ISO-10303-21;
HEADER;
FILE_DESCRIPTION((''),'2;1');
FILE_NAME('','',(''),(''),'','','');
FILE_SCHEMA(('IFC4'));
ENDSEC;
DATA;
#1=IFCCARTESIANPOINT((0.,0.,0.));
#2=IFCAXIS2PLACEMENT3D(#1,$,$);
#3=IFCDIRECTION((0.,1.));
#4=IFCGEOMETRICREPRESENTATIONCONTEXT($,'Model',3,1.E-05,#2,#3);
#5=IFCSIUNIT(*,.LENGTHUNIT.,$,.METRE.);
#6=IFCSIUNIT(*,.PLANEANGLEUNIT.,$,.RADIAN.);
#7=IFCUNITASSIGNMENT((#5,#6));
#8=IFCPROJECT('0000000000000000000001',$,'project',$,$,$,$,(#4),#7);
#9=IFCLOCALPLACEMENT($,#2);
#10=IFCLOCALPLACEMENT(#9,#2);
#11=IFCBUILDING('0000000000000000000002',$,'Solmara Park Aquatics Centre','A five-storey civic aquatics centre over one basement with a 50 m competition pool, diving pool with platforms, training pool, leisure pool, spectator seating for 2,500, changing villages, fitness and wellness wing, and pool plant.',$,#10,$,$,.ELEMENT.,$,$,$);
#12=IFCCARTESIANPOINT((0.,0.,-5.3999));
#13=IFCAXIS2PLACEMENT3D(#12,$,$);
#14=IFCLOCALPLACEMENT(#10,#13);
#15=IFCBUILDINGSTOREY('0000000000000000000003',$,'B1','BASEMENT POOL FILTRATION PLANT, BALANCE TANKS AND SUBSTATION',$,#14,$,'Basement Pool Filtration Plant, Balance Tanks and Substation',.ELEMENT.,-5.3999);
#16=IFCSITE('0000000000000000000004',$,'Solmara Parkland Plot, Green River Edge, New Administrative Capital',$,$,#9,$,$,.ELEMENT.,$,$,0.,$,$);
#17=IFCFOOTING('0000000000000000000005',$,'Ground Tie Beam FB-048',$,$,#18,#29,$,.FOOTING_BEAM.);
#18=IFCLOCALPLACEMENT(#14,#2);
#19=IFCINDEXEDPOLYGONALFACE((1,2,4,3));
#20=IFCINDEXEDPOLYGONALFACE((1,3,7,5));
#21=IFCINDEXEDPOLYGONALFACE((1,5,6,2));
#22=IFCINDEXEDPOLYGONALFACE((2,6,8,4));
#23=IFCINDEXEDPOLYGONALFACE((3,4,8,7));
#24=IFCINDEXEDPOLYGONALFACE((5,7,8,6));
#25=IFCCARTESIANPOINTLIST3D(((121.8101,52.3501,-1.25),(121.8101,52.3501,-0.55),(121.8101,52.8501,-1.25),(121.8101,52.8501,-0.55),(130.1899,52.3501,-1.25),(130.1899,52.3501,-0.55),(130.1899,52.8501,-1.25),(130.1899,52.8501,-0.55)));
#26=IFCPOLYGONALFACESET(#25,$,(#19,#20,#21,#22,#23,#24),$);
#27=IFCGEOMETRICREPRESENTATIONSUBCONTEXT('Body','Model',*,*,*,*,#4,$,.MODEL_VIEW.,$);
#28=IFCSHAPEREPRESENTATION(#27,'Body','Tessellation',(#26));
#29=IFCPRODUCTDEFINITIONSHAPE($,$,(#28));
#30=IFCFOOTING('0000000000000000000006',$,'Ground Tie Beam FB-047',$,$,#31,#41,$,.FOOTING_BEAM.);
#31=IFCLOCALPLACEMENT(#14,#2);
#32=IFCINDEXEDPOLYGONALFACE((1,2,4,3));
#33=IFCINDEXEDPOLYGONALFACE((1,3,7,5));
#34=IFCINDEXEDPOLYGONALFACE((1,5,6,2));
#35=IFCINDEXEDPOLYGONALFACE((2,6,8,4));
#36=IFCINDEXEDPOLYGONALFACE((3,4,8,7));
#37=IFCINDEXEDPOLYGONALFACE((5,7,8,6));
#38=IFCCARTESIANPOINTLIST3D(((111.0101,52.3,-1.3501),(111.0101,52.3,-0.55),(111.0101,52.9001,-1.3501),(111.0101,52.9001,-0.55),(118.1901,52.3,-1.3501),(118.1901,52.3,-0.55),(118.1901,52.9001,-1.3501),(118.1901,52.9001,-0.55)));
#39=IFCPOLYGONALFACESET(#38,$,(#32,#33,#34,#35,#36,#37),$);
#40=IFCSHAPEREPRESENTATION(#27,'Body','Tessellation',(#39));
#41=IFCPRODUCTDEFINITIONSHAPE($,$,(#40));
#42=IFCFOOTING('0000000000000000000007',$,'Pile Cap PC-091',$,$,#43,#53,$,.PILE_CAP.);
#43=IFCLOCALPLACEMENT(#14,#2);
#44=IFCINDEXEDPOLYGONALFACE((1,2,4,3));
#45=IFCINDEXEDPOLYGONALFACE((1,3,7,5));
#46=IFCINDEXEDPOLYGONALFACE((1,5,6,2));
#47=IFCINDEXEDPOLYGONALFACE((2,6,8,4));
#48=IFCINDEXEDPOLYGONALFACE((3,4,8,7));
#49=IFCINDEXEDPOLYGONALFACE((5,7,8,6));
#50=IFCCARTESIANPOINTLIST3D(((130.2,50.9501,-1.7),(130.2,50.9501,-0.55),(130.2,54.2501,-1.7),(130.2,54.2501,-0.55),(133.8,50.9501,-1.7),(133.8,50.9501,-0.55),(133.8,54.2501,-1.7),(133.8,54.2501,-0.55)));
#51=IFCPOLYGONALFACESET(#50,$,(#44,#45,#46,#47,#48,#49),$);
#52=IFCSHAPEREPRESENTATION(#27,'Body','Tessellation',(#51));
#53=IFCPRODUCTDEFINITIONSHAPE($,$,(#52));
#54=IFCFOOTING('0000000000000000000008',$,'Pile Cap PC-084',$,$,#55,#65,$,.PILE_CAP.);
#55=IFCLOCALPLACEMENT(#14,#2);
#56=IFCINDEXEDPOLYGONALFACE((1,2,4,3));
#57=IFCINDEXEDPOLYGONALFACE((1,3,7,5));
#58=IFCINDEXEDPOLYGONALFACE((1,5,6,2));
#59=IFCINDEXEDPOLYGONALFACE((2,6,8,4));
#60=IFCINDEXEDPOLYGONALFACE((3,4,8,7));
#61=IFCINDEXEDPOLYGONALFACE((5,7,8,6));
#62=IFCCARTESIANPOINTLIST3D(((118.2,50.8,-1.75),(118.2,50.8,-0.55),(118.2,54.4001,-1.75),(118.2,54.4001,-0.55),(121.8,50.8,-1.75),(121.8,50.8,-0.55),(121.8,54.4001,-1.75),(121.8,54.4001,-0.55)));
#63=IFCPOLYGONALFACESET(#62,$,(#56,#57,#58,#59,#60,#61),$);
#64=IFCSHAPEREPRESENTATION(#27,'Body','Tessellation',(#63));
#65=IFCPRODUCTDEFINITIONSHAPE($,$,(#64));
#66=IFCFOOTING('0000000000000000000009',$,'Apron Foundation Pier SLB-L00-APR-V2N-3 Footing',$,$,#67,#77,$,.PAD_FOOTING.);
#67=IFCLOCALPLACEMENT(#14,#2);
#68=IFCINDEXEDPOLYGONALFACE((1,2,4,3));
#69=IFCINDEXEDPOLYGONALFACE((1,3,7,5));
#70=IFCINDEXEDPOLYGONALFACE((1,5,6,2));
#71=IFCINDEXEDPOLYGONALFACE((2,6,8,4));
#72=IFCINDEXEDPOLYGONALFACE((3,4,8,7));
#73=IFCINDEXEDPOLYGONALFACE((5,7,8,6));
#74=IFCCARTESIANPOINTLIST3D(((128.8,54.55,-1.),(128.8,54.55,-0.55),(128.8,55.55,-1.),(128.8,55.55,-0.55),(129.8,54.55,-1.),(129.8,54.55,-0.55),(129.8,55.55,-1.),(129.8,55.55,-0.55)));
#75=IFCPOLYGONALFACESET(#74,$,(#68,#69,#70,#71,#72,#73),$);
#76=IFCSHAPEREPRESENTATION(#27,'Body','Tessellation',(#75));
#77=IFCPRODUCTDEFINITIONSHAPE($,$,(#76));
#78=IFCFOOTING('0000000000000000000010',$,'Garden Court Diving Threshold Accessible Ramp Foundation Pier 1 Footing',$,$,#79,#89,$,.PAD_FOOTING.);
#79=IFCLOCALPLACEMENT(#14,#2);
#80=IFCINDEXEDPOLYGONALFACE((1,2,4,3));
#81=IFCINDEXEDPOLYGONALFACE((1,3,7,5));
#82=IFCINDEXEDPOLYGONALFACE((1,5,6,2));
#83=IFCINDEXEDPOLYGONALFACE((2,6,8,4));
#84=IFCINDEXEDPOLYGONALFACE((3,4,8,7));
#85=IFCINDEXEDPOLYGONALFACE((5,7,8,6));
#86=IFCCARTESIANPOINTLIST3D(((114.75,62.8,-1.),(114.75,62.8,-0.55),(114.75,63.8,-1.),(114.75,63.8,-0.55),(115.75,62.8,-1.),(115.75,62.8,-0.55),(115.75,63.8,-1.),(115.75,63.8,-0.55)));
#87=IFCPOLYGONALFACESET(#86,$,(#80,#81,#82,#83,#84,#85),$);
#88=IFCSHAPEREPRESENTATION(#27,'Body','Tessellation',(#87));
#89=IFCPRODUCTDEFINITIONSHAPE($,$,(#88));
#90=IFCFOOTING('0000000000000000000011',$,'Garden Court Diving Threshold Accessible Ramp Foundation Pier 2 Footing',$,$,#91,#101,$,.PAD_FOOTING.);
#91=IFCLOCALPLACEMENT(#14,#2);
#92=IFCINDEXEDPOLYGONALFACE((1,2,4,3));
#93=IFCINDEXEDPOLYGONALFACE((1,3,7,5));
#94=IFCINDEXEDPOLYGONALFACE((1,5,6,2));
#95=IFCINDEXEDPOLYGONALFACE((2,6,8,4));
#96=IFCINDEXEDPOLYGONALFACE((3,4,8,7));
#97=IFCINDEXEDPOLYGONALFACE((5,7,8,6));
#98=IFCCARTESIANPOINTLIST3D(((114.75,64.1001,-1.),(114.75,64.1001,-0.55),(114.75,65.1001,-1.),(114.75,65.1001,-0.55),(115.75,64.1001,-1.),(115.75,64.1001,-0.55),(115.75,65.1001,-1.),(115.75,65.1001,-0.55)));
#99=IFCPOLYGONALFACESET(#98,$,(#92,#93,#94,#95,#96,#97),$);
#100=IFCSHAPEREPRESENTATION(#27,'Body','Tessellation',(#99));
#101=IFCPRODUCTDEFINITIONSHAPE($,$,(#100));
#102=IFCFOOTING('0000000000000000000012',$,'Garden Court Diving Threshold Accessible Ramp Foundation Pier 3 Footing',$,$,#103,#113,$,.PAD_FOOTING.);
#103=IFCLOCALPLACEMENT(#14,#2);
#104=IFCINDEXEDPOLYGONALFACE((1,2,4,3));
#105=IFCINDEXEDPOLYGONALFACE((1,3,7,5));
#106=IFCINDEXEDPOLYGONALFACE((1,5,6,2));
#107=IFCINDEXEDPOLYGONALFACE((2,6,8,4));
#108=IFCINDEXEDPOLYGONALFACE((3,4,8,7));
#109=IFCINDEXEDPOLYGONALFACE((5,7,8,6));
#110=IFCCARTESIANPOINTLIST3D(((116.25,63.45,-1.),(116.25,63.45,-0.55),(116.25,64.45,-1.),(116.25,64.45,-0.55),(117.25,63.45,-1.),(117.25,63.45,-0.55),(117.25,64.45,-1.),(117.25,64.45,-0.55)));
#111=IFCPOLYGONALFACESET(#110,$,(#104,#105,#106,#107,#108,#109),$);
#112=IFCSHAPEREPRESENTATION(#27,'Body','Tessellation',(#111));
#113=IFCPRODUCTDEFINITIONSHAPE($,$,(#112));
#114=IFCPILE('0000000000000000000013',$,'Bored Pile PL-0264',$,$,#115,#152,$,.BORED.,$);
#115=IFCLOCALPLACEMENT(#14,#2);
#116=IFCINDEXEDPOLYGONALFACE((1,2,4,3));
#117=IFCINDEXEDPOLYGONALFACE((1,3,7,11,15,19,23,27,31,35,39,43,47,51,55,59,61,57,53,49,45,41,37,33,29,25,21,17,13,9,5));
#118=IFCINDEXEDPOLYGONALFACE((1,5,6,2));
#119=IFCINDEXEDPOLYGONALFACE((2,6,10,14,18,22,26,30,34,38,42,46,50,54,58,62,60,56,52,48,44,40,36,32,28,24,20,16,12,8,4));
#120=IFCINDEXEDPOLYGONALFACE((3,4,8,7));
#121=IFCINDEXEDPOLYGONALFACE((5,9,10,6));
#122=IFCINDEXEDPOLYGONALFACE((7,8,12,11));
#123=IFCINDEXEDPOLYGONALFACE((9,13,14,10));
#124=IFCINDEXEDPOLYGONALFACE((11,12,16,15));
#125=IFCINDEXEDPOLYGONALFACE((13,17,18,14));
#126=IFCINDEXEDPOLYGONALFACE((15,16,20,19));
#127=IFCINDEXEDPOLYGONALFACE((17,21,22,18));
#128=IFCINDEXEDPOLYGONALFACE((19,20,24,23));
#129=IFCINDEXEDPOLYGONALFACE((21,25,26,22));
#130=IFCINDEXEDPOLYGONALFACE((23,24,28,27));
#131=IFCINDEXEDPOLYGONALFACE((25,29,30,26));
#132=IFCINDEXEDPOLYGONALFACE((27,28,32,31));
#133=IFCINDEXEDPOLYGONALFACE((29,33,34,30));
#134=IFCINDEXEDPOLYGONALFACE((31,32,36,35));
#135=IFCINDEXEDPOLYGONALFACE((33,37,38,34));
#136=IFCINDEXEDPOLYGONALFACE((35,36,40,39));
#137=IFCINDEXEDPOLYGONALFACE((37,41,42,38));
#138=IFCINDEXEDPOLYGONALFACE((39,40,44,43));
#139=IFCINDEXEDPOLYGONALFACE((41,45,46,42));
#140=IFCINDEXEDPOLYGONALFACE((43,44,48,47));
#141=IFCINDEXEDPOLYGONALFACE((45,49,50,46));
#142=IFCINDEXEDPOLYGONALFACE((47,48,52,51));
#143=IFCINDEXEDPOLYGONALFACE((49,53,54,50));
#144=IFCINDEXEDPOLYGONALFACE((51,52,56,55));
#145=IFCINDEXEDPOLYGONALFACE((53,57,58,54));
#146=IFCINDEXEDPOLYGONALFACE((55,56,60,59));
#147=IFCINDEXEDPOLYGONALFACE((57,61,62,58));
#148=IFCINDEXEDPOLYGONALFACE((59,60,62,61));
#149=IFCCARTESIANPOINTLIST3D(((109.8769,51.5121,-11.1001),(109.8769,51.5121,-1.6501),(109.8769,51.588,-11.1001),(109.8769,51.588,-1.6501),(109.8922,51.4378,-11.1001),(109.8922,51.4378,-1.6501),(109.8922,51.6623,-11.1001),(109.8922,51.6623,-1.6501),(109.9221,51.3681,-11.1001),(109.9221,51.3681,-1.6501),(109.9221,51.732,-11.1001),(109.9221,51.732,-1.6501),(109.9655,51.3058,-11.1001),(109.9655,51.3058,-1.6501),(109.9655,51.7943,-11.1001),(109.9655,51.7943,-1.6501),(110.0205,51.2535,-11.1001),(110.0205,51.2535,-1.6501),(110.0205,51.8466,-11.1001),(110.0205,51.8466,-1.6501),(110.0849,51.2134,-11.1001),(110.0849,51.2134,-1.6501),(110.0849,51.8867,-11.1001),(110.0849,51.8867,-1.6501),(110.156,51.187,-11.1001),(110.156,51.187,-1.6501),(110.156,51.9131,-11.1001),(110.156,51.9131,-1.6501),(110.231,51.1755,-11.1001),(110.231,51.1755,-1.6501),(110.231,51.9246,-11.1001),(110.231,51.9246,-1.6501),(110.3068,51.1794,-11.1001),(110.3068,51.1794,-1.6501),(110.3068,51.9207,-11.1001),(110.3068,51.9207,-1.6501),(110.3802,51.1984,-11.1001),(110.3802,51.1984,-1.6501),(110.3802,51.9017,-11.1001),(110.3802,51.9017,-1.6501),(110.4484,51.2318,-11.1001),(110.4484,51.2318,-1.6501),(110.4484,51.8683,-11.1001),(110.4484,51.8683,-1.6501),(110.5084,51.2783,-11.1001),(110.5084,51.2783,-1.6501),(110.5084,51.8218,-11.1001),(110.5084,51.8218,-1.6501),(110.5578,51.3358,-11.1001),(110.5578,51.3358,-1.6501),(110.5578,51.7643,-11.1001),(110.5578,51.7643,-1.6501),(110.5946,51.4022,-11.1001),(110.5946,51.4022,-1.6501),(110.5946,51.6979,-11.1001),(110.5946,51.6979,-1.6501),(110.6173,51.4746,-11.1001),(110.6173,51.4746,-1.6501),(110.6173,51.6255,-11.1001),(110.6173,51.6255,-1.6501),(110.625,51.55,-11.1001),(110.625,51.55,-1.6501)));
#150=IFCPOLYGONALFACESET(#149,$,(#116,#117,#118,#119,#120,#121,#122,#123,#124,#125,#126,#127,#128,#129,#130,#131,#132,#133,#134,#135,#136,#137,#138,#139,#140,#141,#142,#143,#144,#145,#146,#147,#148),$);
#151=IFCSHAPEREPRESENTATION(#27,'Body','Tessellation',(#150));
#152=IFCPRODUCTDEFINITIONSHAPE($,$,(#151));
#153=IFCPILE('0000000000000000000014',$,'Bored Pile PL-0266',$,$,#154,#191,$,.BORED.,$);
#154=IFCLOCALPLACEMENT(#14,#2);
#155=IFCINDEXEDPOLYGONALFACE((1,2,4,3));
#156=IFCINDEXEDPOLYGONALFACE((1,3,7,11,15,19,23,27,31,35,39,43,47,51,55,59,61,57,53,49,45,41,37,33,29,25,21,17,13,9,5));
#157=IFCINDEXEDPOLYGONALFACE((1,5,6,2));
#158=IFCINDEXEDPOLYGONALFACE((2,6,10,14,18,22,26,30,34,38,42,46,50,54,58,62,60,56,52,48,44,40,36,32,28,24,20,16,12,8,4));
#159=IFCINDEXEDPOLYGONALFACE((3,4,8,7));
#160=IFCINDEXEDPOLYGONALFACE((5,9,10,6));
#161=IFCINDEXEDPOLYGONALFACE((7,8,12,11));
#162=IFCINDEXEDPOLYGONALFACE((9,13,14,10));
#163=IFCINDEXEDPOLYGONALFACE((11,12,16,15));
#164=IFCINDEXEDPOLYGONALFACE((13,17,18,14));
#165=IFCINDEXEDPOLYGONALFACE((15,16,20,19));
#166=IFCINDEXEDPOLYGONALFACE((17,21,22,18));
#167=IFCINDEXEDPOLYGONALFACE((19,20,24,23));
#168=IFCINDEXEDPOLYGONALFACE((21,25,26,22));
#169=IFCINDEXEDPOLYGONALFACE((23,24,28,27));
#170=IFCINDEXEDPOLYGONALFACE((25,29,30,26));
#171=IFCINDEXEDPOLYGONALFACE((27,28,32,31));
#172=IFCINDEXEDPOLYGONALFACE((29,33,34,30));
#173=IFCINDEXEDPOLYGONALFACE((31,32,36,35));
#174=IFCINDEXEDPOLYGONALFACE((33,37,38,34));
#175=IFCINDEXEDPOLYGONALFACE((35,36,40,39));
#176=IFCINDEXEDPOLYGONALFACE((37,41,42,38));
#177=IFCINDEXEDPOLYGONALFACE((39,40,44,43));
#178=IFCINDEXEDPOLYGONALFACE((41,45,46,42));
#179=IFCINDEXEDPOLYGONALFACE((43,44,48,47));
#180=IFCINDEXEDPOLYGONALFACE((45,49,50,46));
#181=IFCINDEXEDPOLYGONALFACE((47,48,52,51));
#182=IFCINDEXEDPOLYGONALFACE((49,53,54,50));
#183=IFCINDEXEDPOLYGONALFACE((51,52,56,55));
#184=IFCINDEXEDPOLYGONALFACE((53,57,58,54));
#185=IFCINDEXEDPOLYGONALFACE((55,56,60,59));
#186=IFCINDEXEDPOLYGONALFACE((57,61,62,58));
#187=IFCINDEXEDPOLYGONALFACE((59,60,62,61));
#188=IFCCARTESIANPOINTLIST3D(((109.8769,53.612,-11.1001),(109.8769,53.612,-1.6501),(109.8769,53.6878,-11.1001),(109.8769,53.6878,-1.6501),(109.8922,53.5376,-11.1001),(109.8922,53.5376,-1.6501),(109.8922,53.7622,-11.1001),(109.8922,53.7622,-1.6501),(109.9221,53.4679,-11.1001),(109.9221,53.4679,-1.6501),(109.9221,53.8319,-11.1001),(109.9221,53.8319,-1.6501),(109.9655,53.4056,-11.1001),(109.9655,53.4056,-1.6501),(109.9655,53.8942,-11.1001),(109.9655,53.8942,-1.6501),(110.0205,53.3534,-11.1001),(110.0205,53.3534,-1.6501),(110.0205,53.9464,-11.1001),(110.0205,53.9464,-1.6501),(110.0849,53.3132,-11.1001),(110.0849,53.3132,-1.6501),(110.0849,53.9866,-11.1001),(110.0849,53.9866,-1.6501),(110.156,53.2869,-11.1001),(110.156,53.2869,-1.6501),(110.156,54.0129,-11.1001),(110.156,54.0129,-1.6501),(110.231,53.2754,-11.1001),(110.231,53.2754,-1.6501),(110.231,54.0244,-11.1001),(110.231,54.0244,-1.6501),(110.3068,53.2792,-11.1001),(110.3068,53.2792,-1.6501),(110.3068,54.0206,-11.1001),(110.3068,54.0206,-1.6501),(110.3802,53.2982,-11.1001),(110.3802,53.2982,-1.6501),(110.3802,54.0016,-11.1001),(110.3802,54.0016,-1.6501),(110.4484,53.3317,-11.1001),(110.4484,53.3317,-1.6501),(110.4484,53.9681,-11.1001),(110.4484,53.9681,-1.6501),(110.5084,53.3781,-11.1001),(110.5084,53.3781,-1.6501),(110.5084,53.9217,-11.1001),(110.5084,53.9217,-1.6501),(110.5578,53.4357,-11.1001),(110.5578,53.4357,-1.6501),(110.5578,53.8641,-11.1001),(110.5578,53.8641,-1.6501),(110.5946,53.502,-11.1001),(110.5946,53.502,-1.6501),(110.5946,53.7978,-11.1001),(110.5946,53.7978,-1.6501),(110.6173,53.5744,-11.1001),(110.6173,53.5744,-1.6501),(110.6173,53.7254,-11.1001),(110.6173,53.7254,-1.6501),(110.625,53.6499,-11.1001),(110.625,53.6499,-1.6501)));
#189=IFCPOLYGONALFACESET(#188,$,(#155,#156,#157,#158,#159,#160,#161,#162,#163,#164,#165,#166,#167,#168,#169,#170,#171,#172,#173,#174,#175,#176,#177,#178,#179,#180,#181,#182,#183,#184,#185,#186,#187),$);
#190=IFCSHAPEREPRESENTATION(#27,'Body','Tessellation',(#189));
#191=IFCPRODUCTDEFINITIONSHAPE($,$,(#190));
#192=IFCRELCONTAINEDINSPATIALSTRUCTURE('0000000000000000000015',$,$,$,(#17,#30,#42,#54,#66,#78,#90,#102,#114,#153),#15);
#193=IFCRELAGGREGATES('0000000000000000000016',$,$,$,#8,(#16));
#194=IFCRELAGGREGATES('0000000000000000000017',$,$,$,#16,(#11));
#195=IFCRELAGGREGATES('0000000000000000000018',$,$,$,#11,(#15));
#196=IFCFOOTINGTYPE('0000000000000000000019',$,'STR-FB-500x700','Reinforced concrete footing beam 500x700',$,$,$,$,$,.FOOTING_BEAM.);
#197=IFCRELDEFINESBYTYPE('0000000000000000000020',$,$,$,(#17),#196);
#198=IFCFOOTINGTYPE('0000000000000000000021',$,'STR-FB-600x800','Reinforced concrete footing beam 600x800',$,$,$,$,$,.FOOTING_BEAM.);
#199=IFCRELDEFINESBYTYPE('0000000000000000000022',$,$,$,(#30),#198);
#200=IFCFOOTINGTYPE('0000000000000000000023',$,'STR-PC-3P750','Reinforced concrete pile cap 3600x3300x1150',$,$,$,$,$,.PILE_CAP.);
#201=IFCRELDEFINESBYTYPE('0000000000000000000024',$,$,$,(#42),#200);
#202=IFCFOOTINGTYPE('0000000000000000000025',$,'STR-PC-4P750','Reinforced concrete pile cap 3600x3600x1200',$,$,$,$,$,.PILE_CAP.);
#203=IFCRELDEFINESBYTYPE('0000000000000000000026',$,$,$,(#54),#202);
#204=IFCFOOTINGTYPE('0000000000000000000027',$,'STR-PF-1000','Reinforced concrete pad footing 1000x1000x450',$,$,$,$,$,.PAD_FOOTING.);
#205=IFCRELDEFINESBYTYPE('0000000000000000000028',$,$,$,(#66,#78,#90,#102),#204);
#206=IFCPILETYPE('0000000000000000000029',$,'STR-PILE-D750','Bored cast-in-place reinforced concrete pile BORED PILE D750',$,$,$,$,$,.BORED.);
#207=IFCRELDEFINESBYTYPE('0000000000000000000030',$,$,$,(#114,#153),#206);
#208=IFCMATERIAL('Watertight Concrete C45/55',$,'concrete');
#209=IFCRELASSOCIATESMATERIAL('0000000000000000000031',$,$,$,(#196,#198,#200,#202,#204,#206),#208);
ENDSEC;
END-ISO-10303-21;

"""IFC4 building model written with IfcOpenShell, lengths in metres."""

from ifc_helpers import new_model, si_unit, direction, frame, origin, origin_2d, place, context, subcontext, project, spatial, rectangle, circle, extrude, material, material_profile, profile_set, type_object, element, save


model = new_model("IFC4")

# Units and contexts
model_context = context("Model", 3, precision=1e-05, world=origin(), true_north=direction((0.0, 1.0)))
body_context = subcontext(model_context, "Body", "Model", "MODEL_VIEW")
ifc_project = project(units=[si_unit("LENGTHUNIT", "METRE"), si_unit("PLANEANGLEUNIT", "RADIAN")], contexts=[model_context])

# Site, building, storey
site_placement = place(None, origin())
site = spatial("IfcSite", under=ifc_project, at=site_placement, Name="Solmara Parkland Plot, Green River Edge, New Administrative Capital", CompositionType="ELEMENT", RefElevation=0.0)
building_placement = place(site_placement, origin())
building = spatial("IfcBuilding", under=site, at=building_placement, Name="Solmara Park Aquatics Centre", Description="A five-storey civic aquatics centre over one basement with a 50 m competition pool, diving pool with platforms, training pool, leisure pool, spectator seating for 2,500, changing villages, fitness and wellness wing, and pool plant.", CompositionType="ELEMENT")
storey_placement = place(building_placement, frame((0.0, 0.0, -5.3999)))
storey = spatial("IfcBuildingStorey", under=building, at=storey_placement, Name="B1", Description="BASEMENT POOL FILTRATION PLANT, BALANCE TANKS AND SUBSTATION", LongName="Basement Pool Filtration Plant, Balance Tanks and Substation", CompositionType="ELEMENT", Elevation=-5.3999)

# Footings
ifc_material_1 = material(Name="Watertight Concrete C45/55", Category="concrete")
footing_type_1 = type_object("IfcFootingType", Name="STR-FB-500x700", Description="Reinforced concrete footing beam 500x700", PredefinedType="FOOTING_BEAM", material=ifc_material_1)
footing_1_placement = place(storey_placement, frame((126.0, 52.6001, -1.25), z_axis=(0.0, 0.0, 1.0), x_axis=(1.0, 0.0, 0.0)))
element("IfcFooting", 1, at=footing_1_placement, inside=storey, type_object=footing_type_1, Name="Ground Tie Beam FB-048", PredefinedType="FOOTING_BEAM", context=body_context, shape_type="SweptSolid", body=[
    extrude(rectangle(XDim=8.3799, YDim=0.5, at=origin_2d()), origin(), (0.0, 0.0, 1.0), 0.7),
])
footing_type_2 = type_object("IfcFootingType", Name="STR-FB-600x800", Description="Reinforced concrete footing beam 600x800", PredefinedType="FOOTING_BEAM", material=ifc_material_1)
footing_2_placement = place(storey_placement, frame((114.6001, 52.6001, -1.3501), z_axis=(0.0, 0.0, 1.0), x_axis=(1.0, 0.0, 0.0)))
element("IfcFooting", 2, at=footing_2_placement, inside=storey, type_object=footing_type_2, Name="Ground Tie Beam FB-047", PredefinedType="FOOTING_BEAM", context=body_context, shape_type="SweptSolid", body=[
    extrude(rectangle(XDim=7.1799, YDim=0.6001, at=origin_2d()), origin(), (0.0, 0.0, 1.0), 0.8),
])
footing_type_3 = type_object("IfcFootingType", Name="STR-PC-3P750", Description="Reinforced concrete pile cap 3600x3300x1150", PredefinedType="PILE_CAP", material=ifc_material_1)
footing_3_placement = place(storey_placement, frame((132.0, 52.6001, -1.7), z_axis=(0.0, 0.0, 1.0), x_axis=(1.0, 0.0, 0.0)))
element("IfcFooting", 3, at=footing_3_placement, inside=storey, type_object=footing_type_3, Name="Pile Cap PC-091", PredefinedType="PILE_CAP", context=body_context, shape_type="SweptSolid", body=[
    extrude(rectangle(XDim=3.6001, YDim=3.3, at=origin_2d()), origin(), (0.0, 0.0, 1.0), 1.1499),
])
footing_type_4 = type_object("IfcFootingType", Name="STR-PC-4P750", Description="Reinforced concrete pile cap 3600x3600x1200", PredefinedType="PILE_CAP", material=ifc_material_1)
footing_4_placement = place(storey_placement, frame((120.0, 52.6001, -1.75), z_axis=(0.0, 0.0, 1.0), x_axis=(1.0, 0.0, 0.0)))
element("IfcFooting", 4, at=footing_4_placement, inside=storey, type_object=footing_type_4, Name="Pile Cap PC-084", PredefinedType="PILE_CAP", context=body_context, shape_type="SweptSolid", body=[
    extrude(rectangle(XDim=3.6001, YDim=3.6001, at=origin_2d()), origin(), (0.0, 0.0, 1.0), 1.2),
])
footing_type_5 = type_object("IfcFootingType", Name="STR-PF-1000", Description="Reinforced concrete pad footing 1000x1000x450", PredefinedType="PAD_FOOTING", material=ifc_material_1)
for number, where, z_axis, x_axis, name in (
    (5, (129.3, 55.05, -1.0), (0.0, 0.0, 1.0), (1.0, 0.0, 0.0), "Apron Foundation Pier SLB-L00-APR-V2N-3 Footing"),
    (6, (115.25, 63.3, -1.0), (0.0, 0.0, 1.0), (1.0, 0.0, 0.0), "Garden Court Diving Threshold Accessible Ramp Foundation Pier 1 Footing"),
    (7, (115.25, 64.6001, -1.0), (0.0, 0.0, 1.0), (1.0, 0.0, 0.0), "Garden Court Diving Threshold Accessible Ramp Foundation Pier 2 Footing"),
    (8, (116.75, 63.95, -1.0), (0.0, 0.0, 1.0), (1.0, 0.0, 0.0), "Garden Court Diving Threshold Accessible Ramp Foundation Pier 3 Footing"),
):
    element("IfcFooting", number, at=place(storey_placement, frame(where, z_axis=z_axis, x_axis=x_axis)), inside=storey, type_object=footing_type_5, Name=name, PredefinedType="PAD_FOOTING", context=body_context, shape_type="SweptSolid", body=[
        extrude(rectangle(XDim=1.0, YDim=1.0, at=origin_2d()), origin(), (0.0, 0.0, 1.0), 0.45),
    ])

# Piles
ifc_material_profile_1 = material_profile(ifc_material_1, circle(Radius=0.375, at=origin_2d()), Name="BORED PILE D750")
ifc_profile_set_1 = profile_set([ifc_material_profile_1], Name="Watertight Concrete C45/55")
pile_type_1 = type_object("IfcPileType", Name="STR-PILE-D750", Description="Bored cast-in-place reinforced concrete pile BORED PILE D750", PredefinedType="BORED", material=ifc_profile_set_1)
for number, where, z_axis, x_axis, name in (
    (9, (110.25, 51.55, -1.6501), (0.0, 0.0, -1.0), (1.0, 0.0, 0.0), "Bored Pile PL-0264"),
    (10, (110.25, 53.6499, -1.6501), (0.0, 0.0, -1.0), (1.0, 0.0, 0.0), "Bored Pile PL-0266"),
):
    element("IfcPile", number, at=place(storey_placement, frame(where, z_axis=z_axis, x_axis=x_axis)), inside=storey, type_object=pile_type_1, Name=name, PredefinedType="BORED", context=body_context, shape_type="SweptSolid", body=[
        extrude(circle(Radius=0.375, at=origin_2d()), origin(), (0.0, 0.0, 1.0), 9.45),
    ])

save(model, "model.ifc")
